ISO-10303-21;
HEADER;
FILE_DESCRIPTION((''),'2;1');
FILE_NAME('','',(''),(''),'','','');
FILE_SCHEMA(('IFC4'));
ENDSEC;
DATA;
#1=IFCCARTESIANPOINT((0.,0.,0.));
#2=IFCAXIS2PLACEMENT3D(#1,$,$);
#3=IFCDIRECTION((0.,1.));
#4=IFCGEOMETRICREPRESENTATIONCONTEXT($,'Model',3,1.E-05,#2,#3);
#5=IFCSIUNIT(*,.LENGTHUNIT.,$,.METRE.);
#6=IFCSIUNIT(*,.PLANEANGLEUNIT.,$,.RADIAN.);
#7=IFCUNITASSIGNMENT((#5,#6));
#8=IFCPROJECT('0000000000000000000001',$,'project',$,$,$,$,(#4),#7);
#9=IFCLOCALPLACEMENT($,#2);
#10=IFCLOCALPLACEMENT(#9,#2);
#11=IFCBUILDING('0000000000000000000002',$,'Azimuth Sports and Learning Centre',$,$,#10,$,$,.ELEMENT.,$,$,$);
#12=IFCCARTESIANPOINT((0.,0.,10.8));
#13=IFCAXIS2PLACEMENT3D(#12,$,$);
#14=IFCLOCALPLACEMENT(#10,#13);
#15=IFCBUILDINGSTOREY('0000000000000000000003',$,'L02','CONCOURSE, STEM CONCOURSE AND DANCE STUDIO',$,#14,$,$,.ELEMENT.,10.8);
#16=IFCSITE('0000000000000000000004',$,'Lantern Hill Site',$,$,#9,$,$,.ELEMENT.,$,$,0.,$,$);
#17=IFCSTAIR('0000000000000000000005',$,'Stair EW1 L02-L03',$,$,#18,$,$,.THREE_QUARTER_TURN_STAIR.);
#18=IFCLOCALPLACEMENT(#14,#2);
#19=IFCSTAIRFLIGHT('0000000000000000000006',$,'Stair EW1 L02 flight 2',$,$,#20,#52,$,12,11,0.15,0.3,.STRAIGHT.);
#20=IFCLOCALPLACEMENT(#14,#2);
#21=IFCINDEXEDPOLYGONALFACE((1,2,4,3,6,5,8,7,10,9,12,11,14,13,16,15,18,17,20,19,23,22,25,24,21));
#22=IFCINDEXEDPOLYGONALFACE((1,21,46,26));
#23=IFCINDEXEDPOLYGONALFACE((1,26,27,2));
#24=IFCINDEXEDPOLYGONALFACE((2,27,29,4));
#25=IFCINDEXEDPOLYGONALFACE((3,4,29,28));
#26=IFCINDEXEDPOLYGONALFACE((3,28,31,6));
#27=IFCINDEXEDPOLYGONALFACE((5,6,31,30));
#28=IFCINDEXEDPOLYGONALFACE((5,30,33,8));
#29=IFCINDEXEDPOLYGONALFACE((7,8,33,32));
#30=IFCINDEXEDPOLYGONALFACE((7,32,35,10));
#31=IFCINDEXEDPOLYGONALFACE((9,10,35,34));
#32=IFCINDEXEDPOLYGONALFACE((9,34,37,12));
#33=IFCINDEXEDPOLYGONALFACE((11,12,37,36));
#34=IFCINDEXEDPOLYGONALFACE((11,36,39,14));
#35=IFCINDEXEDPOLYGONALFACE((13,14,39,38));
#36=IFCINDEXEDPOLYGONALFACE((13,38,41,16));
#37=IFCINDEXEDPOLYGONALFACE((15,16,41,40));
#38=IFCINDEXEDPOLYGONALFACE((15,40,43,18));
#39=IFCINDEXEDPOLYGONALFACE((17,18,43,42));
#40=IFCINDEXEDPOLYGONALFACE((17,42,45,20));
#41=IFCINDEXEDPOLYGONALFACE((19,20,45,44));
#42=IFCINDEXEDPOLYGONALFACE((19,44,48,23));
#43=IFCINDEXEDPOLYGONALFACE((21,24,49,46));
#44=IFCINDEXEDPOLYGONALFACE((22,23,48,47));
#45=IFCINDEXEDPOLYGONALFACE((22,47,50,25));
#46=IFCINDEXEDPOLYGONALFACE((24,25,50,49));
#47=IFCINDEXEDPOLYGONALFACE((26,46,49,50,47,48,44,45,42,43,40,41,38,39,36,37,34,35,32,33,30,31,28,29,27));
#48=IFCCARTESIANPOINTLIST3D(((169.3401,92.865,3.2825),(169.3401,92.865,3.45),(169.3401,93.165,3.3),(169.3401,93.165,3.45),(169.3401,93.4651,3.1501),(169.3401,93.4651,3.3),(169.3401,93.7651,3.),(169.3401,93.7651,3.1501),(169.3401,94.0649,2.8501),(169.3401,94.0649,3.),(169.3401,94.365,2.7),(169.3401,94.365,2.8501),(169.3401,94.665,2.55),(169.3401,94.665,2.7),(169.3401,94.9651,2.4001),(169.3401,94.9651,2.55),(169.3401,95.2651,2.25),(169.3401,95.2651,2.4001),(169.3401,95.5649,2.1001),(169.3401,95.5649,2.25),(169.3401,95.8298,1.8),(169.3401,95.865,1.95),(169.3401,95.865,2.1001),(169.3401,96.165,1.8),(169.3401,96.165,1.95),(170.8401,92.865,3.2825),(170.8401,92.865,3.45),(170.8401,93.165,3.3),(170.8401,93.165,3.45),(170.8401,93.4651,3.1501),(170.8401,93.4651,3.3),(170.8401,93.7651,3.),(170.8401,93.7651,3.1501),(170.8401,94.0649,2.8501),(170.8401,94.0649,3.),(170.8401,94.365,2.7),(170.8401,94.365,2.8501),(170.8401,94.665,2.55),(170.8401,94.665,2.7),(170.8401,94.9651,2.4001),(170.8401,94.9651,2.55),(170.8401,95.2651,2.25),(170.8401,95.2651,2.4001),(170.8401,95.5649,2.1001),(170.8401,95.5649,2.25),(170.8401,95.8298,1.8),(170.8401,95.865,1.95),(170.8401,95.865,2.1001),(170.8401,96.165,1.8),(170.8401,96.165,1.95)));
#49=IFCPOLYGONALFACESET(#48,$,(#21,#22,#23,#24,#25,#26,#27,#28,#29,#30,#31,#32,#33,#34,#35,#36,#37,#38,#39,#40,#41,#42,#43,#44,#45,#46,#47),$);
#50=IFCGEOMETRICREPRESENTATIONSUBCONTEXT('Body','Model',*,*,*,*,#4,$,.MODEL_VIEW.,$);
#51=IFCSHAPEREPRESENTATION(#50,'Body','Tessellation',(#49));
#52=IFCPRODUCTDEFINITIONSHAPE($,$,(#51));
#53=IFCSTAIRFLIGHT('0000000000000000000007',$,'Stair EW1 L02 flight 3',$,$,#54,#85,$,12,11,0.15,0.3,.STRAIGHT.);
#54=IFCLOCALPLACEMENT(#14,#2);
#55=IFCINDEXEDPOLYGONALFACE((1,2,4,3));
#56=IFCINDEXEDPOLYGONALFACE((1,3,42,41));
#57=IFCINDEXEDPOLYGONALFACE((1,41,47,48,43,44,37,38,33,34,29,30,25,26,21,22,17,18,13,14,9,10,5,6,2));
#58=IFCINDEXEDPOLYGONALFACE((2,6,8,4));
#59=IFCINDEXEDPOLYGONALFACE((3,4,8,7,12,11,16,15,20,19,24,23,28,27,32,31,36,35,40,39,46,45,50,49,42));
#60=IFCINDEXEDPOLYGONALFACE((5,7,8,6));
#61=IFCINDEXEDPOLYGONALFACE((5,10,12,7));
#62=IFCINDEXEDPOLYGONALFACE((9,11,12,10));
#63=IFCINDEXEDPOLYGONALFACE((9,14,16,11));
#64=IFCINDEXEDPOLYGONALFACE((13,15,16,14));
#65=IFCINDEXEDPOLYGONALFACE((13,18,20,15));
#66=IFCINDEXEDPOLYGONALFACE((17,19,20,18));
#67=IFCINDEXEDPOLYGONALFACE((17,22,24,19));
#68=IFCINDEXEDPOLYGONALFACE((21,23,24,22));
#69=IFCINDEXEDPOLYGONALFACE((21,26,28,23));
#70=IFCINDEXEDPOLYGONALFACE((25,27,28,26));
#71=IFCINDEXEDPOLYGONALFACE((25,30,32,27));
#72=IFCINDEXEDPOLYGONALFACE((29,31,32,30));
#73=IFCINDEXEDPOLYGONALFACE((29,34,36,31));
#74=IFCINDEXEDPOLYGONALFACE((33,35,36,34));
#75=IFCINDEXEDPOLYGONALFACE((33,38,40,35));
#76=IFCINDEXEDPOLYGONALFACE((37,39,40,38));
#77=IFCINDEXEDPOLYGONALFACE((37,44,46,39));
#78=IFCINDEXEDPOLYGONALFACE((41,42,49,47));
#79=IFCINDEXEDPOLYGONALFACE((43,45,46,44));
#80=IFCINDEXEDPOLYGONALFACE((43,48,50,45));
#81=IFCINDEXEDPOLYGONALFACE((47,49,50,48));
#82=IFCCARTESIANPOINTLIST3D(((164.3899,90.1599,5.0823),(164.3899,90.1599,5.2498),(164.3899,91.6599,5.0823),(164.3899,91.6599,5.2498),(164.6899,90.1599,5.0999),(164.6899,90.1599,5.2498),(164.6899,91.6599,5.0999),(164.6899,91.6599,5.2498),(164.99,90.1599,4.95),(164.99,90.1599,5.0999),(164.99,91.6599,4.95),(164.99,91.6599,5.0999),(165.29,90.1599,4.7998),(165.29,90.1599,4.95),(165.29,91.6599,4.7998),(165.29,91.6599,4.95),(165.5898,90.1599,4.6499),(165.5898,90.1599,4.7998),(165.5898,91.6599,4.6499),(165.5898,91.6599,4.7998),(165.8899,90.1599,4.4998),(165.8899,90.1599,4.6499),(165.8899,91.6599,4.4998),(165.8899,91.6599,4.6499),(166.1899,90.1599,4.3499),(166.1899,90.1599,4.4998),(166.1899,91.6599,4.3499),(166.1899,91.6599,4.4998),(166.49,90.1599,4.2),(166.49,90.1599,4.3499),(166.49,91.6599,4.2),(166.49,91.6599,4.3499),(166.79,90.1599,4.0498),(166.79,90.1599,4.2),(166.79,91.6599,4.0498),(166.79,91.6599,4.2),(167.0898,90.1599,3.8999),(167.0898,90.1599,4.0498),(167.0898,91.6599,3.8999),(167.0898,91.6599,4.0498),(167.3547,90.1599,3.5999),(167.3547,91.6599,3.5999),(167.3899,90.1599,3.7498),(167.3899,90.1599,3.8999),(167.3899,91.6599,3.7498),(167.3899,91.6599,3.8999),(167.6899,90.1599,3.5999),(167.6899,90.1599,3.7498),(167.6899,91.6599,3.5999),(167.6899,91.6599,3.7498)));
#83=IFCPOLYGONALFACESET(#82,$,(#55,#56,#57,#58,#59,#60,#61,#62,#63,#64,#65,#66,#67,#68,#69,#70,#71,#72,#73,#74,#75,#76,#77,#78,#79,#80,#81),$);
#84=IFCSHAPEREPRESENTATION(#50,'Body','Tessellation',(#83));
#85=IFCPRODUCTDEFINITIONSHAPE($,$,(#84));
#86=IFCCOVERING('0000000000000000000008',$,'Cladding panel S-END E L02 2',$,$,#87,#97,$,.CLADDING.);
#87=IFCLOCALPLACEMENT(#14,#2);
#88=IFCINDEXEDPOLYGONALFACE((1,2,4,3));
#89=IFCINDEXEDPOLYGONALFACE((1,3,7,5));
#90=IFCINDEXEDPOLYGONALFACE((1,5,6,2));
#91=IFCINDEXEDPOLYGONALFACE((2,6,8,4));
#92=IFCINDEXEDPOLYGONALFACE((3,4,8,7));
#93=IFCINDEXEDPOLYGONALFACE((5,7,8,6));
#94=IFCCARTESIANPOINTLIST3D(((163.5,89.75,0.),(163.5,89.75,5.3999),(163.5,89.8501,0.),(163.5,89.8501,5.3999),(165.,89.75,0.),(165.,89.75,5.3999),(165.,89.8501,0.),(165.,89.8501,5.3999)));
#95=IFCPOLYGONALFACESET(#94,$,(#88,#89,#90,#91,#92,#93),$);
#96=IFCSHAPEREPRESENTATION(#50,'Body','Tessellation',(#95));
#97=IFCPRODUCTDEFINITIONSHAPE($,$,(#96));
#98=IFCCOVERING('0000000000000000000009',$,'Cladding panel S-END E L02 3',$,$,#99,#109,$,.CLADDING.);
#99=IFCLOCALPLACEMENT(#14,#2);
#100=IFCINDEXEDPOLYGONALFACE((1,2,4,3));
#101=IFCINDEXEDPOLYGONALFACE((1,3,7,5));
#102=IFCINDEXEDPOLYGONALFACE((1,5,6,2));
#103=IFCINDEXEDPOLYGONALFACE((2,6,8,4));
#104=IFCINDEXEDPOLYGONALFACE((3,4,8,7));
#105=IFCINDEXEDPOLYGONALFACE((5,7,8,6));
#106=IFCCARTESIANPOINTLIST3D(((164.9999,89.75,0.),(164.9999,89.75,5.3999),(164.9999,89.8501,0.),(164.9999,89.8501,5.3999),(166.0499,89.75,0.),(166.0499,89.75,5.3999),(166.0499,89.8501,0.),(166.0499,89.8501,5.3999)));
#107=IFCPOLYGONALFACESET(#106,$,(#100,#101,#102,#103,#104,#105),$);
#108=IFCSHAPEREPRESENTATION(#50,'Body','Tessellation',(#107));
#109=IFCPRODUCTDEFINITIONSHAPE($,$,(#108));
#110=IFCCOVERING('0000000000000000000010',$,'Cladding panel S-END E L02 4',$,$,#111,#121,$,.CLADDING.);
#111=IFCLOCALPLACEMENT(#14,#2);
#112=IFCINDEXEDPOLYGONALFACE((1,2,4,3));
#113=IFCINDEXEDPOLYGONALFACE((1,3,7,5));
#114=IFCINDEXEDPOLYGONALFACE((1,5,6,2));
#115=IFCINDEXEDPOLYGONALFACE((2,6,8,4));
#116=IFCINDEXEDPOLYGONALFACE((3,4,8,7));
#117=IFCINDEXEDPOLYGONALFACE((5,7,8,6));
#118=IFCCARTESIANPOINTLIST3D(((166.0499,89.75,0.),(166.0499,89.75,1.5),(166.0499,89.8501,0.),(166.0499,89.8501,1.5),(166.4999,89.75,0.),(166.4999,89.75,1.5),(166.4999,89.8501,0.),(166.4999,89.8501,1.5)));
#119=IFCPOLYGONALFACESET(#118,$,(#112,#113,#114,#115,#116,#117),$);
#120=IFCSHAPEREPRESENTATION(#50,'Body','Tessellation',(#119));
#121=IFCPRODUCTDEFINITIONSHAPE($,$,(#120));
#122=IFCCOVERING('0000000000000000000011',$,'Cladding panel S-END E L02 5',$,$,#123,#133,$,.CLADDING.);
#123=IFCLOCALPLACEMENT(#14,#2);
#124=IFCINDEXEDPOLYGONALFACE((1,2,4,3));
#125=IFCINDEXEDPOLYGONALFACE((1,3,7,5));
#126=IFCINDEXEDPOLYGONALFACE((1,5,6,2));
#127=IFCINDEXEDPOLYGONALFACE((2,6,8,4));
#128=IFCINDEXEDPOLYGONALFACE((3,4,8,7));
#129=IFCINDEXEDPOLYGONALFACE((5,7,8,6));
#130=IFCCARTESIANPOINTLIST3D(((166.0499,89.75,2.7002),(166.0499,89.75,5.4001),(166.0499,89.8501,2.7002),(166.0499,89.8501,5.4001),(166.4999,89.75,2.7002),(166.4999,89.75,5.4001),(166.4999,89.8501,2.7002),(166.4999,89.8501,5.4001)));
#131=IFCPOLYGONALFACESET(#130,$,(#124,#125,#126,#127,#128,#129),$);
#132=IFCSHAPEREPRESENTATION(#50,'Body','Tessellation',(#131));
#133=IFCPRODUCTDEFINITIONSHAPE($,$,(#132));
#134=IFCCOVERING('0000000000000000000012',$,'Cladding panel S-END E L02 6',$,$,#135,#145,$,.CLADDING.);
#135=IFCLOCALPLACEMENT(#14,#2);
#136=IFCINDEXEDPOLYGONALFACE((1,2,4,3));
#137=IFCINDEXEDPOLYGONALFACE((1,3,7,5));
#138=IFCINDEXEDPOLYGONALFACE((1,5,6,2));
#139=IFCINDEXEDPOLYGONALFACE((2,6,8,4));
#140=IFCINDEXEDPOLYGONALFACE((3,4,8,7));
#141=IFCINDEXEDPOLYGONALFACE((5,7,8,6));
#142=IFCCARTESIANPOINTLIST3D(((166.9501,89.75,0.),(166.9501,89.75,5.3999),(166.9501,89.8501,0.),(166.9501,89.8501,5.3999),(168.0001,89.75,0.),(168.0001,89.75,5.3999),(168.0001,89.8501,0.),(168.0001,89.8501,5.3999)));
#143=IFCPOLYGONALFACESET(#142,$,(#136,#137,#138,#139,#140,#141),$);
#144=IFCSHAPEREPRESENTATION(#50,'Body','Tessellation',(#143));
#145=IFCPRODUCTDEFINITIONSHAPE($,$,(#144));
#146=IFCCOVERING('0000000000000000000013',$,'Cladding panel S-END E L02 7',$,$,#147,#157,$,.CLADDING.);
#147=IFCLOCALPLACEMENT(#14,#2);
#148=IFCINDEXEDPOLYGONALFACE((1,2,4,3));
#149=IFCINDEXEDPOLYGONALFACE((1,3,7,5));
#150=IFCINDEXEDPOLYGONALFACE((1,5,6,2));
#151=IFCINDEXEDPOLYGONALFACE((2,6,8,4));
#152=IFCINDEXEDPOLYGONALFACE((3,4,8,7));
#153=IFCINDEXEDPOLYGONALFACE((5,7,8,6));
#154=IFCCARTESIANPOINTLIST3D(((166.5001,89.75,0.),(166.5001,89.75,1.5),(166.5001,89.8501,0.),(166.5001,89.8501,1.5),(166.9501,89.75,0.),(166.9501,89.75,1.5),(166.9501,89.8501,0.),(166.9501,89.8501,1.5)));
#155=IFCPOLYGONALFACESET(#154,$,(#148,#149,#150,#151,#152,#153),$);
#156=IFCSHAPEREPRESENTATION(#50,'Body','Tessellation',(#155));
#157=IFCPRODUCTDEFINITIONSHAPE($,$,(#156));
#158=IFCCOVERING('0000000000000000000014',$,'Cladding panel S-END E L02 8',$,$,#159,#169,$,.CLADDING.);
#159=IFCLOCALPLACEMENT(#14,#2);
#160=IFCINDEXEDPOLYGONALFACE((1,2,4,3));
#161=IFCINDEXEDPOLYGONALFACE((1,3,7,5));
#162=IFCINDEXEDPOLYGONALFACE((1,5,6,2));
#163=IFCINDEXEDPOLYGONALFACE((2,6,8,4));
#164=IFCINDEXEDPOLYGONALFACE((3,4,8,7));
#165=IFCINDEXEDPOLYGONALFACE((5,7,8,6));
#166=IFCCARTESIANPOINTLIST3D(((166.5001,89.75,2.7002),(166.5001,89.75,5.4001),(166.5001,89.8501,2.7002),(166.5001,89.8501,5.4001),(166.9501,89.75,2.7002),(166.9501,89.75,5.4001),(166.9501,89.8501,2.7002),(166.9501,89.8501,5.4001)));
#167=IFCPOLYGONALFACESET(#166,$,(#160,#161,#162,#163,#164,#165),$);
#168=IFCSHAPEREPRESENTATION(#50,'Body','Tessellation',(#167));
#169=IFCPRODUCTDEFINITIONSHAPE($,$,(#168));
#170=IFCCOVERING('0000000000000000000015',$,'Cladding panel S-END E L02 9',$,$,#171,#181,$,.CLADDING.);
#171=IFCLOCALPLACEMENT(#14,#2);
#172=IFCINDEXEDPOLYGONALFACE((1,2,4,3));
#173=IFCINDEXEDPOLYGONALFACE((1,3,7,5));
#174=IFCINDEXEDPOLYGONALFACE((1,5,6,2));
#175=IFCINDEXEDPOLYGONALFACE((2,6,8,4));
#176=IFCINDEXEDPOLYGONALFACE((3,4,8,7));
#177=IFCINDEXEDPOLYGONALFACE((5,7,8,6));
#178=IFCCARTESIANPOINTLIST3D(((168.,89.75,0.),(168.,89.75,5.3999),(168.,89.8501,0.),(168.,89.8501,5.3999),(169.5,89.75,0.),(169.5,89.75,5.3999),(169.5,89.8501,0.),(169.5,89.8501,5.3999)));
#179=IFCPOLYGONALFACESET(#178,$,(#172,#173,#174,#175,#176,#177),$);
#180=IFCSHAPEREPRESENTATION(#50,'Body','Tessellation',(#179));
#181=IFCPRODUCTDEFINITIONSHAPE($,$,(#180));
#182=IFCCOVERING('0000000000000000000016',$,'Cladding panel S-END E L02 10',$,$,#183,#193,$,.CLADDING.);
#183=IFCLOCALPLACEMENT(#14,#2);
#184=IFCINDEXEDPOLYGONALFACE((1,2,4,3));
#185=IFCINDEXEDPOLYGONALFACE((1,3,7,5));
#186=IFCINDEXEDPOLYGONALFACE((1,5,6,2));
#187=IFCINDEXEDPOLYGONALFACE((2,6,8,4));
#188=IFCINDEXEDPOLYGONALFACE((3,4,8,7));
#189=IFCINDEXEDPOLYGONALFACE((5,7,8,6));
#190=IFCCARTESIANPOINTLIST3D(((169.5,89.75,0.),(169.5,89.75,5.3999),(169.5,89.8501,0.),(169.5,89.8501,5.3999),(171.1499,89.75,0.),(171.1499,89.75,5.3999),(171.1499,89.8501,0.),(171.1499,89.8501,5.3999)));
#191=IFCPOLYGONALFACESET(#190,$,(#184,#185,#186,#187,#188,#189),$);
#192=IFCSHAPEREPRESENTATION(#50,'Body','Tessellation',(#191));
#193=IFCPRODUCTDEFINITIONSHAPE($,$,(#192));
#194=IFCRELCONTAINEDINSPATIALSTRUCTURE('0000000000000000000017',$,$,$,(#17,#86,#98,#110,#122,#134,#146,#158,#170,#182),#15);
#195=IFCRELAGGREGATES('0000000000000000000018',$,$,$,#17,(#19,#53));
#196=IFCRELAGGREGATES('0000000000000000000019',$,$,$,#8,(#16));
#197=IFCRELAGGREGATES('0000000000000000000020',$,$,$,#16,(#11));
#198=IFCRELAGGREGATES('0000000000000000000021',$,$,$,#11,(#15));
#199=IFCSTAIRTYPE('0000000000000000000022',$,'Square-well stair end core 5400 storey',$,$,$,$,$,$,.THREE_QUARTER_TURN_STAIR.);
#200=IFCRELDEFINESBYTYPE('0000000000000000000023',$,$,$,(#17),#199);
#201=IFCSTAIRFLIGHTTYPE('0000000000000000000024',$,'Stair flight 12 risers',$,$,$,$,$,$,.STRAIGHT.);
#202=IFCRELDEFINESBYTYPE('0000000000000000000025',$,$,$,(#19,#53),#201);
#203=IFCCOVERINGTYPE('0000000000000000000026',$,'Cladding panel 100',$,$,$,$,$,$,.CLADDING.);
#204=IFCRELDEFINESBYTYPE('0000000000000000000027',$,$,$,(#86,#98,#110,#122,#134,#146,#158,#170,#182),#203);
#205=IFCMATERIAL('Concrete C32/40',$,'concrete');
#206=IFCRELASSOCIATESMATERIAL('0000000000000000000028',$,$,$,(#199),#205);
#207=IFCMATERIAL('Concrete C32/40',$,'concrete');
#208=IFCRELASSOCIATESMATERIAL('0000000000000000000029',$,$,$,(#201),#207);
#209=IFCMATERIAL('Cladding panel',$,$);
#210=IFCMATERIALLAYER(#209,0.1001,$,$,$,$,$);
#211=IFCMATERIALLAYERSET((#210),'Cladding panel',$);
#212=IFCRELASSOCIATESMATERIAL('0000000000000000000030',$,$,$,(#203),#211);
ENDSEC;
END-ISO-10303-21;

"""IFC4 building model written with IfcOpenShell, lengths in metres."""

from ifc_helpers import new_model, si_unit, direction, frame, origin, origin_2d, place, context, subcontext, project, spatial, polyline, rectangle, outline, extrude, material, layer, layer_set, type_object, element, aggregate, save


model = new_model("IFC4")

# Units and contexts
model_context = context("Model", 3, precision=1e-05, world=origin(), true_north=direction((0.0, 1.0)))
body_context = subcontext(model_context, "Body", "Model", "MODEL_VIEW")
ifc_project = project(units=[si_unit("LENGTHUNIT", "METRE"), si_unit("PLANEANGLEUNIT", "RADIAN")], contexts=[model_context])

# Site, building, storey
site_placement = place(None, origin())
site = spatial("IfcSite", under=ifc_project, at=site_placement, Name="Lantern Hill Site", CompositionType="ELEMENT", RefElevation=0.0)
building_placement = place(site_placement, origin())
building = spatial("IfcBuilding", under=site, at=building_placement, Name="Azimuth Sports and Learning Centre", CompositionType="ELEMENT")
storey_placement = place(building_placement, frame((0.0, 0.0, 10.8)))
storey = spatial("IfcBuildingStorey", under=building, at=storey_placement, Name="L02", Description="CONCOURSE, STEM CONCOURSE AND DANCE STUDIO", CompositionType="ELEMENT", Elevation=10.8)

# Stair, stair flights
ifc_material_1 = material(Name="Concrete C32/40", Category="concrete")
stair_type = type_object("IfcStairType", Name="Square-well stair end core 5400 storey", PredefinedType="THREE_QUARTER_TURN_STAIR", material=ifc_material_1)
stair_placement = place(storey_placement, origin())
stair = element("IfcStair", 1, at=stair_placement, inside=storey, type_object=stair_type, Name="Stair EW1 L02-L03", PredefinedType="THREE_QUARTER_TURN_STAIR")
ifc_material_2 = material(Name="Concrete C32/40", Category="concrete")
stair_flight_type = type_object("IfcStairFlightType", Name="Stair flight 12 risers", PredefinedType="STRAIGHT", material=ifc_material_2)
stair_flight_1_placement = place(storey_placement, frame((170.0901, 96.165, 1.8), z_axis=(0.0, 0.0, 1.0), x_axis=(0.0, -1.0, 0.0)))
stair_flight_1 = element("IfcStairFlight", 2, at=stair_flight_1_placement, type_object=stair_flight_type, Name="Stair EW1 L02 flight 2", NumberOfRisers=12, NumberOfTreads=11, PredefinedType="STRAIGHT", RiserHeight=0.15, TreadLength=0.3, context=body_context, shape_type="SweptSolid", body=[
    extrude(outline(polyline([(0.0, 0.0), (0.0, 0.1499), (0.3, 0.1499), (0.3, 0.3), (0.6001, 0.3), (0.6001, 0.45), (0.8999, 0.45), (0.8999, 0.6001), (1.2, 0.6001), (1.2, 0.75), (1.5, 0.75), (1.5, 0.8999), (1.8, 0.8999), (1.8, 1.05), (2.1001, 1.05), (2.1001, 1.2), (2.3999, 1.2), (2.3999, 1.3501), (2.7, 1.3501), (2.7, 1.5), (3.0, 1.5), (3.0, 1.6499), (3.3, 1.6499), (3.3, 1.8), (3.3, 1.4824), (0.3352, 0.0), (0.0, 0.0)])), frame((0.0, 0.75, 0.0), z_axis=(0.0, -1.0, 0.0), x_axis=(1.0, 0.0, 0.0)), (0.0, 0.0, 1.0), 1.5),
])
stair_flight_2_placement = place(storey_placement, frame((167.6899, 90.9099, 3.5999), z_axis=(0.0, 0.0, 1.0), x_axis=(-1.0, 0.0, 0.0)))
stair_flight_2 = element("IfcStairFlight", 3, at=stair_flight_2_placement, type_object=stair_flight_type, Name="Stair EW1 L02 flight 3", NumberOfRisers=12, NumberOfTreads=11, PredefinedType="STRAIGHT", RiserHeight=0.15, TreadLength=0.3, context=body_context, shape_type="SweptSolid", body=[
    extrude(outline(polyline([(0.0, 0.0), (0.0, 0.1499), (0.3, 0.1499), (0.3, 0.3), (0.6001, 0.3), (0.6001, 0.45), (0.8999, 0.45), (0.8999, 0.6001), (1.2, 0.6001), (1.2, 0.75), (1.5, 0.75), (1.5, 0.8999), (1.8, 0.8999), (1.8, 1.05), (2.1001, 1.05), (2.1001, 1.2), (2.3999, 1.2), (2.3999, 1.3501), (2.7, 1.3501), (2.7, 1.5), (3.0, 1.5), (3.0, 1.6499), (3.3, 1.6499), (3.3, 1.8), (3.3, 1.4824), (0.3352, 0.0), (0.0, 0.0)])), frame((0.0, 0.75, 0.0), z_axis=(0.0, -1.0, 0.0), x_axis=(1.0, 0.0, 0.0)), (0.0, 0.0, 1.0), 1.5),
])
aggregate(stair, [stair_flight_1, stair_flight_2])

# Coverings
ifc_material_3 = material(Name="Cladding panel")
ifc_layer_1 = layer(ifc_material_3, 0.1001)
ifc_layer_set_1 = layer_set([ifc_layer_1], Name="Cladding panel")
covering_type = type_object("IfcCoveringType", Name="Cladding panel 100", PredefinedType="CLADDING", material=ifc_layer_set_1)
covering_1_placement = place(storey_placement, frame((164.25, 89.8, 0.0), z_axis=(0.0, 0.0, 1.0), x_axis=(1.0, 0.0, 0.0)))
element("IfcCovering", 4, at=covering_1_placement, inside=storey, type_object=covering_type, Name="Cladding panel S-END E L02 2", PredefinedType="CLADDING", context=body_context, shape_type="SweptSolid", body=[
    extrude(rectangle(XDim=1.5, YDim=0.1001, at=origin_2d()), origin(), (0.0, 0.0, 1.0), 5.3999),
])
covering_2_placement = place(storey_placement, frame((165.5249, 89.8, 0.0), z_axis=(0.0, 0.0, 1.0), x_axis=(1.0, 0.0, 0.0)))
element("IfcCovering", 5, at=covering_2_placement, inside=storey, type_object=covering_type, Name="Cladding panel S-END E L02 3", PredefinedType="CLADDING", context=body_context, shape_type="SweptSolid", body=[
    extrude(rectangle(XDim=1.05, YDim=0.1001, at=origin_2d()), origin(), (0.0, 0.0, 1.0), 5.3999),
])
covering_3_placement = place(storey_placement, frame((166.2749, 89.8, 0.0), z_axis=(0.0, 0.0, 1.0), x_axis=(1.0, 0.0, 0.0)))
element("IfcCovering", 6, at=covering_3_placement, inside=storey, type_object=covering_type, Name="Cladding panel S-END E L02 4", PredefinedType="CLADDING", context=body_context, shape_type="SweptSolid", body=[
    extrude(rectangle(XDim=0.45, YDim=0.1001, at=origin_2d()), origin(), (0.0, 0.0, 1.0), 1.5),
])
covering_4_placement = place(storey_placement, frame((166.2749, 89.8, 2.7002), z_axis=(0.0, 0.0, 1.0), x_axis=(1.0, 0.0, 0.0)))
element("IfcCovering", 7, at=covering_4_placement, inside=storey, type_object=covering_type, Name="Cladding panel S-END E L02 5", PredefinedType="CLADDING", context=body_context, shape_type="SweptSolid", body=[
    extrude(rectangle(XDim=0.45, YDim=0.1001, at=origin_2d()), origin(), (0.0, 0.0, 1.0), 2.7),
])
covering_5_placement = place(storey_placement, frame((167.4751, 89.8, 0.0), z_axis=(0.0, 0.0, 1.0), x_axis=(1.0, 0.0, 0.0)))
element("IfcCovering", 8, at=covering_5_placement, inside=storey, type_object=covering_type, Name="Cladding panel S-END E L02 6", PredefinedType="CLADDING", context=body_context, shape_type="SweptSolid", body=[
    extrude(rectangle(XDim=1.05, YDim=0.1001, at=origin_2d()), origin(), (0.0, 0.0, 1.0), 5.3999),
])
covering_6_placement = place(storey_placement, frame((166.7251, 89.8, 0.0), z_axis=(0.0, 0.0, 1.0), x_axis=(1.0, 0.0, 0.0)))
element("IfcCovering", 9, at=covering_6_placement, inside=storey, type_object=covering_type, Name="Cladding panel S-END E L02 7", PredefinedType="CLADDING", context=body_context, shape_type="SweptSolid", body=[
    extrude(rectangle(XDim=0.45, YDim=0.1001, at=origin_2d()), origin(), (0.0, 0.0, 1.0), 1.5),
])
covering_7_placement = place(storey_placement, frame((166.7251, 89.8, 2.7002), z_axis=(0.0, 0.0, 1.0), x_axis=(1.0, 0.0, 0.0)))
element("IfcCovering", 10, at=covering_7_placement, inside=storey, type_object=covering_type, Name="Cladding panel S-END E L02 8", PredefinedType="CLADDING", context=body_context, shape_type="SweptSolid", body=[
    extrude(rectangle(XDim=0.45, YDim=0.1001, at=origin_2d()), origin(), (0.0, 0.0, 1.0), 2.7),
])
covering_8_placement = place(storey_placement, frame((168.75, 89.8, 0.0), z_axis=(0.0, 0.0, 1.0), x_axis=(1.0, 0.0, 0.0)))
element("IfcCovering", 11, at=covering_8_placement, inside=storey, type_object=covering_type, Name="Cladding panel S-END E L02 9", PredefinedType="CLADDING", context=body_context, shape_type="SweptSolid", body=[
    extrude(rectangle(XDim=1.5, YDim=0.1001, at=origin_2d()), origin(), (0.0, 0.0, 1.0), 5.3999),
])
for number, where, z_axis, x_axis, name in (
    (12, (170.325, 89.8, 0.0), (0.0, 0.0, 1.0), (1.0, 0.0, 0.0), "Cladding panel S-END E L02 10"),
):
    element("IfcCovering", number, at=place(storey_placement, frame(where, z_axis=z_axis, x_axis=x_axis)), inside=storey, type_object=covering_type, Name=name, PredefinedType="CLADDING", context=body_context, shape_type="SweptSolid", body=[
        extrude(rectangle(XDim=1.6499, YDim=0.1001, at=origin_2d()), origin(), (0.0, 0.0, 1.0), 5.3999),
    ])

save(model, "model.ifc")
